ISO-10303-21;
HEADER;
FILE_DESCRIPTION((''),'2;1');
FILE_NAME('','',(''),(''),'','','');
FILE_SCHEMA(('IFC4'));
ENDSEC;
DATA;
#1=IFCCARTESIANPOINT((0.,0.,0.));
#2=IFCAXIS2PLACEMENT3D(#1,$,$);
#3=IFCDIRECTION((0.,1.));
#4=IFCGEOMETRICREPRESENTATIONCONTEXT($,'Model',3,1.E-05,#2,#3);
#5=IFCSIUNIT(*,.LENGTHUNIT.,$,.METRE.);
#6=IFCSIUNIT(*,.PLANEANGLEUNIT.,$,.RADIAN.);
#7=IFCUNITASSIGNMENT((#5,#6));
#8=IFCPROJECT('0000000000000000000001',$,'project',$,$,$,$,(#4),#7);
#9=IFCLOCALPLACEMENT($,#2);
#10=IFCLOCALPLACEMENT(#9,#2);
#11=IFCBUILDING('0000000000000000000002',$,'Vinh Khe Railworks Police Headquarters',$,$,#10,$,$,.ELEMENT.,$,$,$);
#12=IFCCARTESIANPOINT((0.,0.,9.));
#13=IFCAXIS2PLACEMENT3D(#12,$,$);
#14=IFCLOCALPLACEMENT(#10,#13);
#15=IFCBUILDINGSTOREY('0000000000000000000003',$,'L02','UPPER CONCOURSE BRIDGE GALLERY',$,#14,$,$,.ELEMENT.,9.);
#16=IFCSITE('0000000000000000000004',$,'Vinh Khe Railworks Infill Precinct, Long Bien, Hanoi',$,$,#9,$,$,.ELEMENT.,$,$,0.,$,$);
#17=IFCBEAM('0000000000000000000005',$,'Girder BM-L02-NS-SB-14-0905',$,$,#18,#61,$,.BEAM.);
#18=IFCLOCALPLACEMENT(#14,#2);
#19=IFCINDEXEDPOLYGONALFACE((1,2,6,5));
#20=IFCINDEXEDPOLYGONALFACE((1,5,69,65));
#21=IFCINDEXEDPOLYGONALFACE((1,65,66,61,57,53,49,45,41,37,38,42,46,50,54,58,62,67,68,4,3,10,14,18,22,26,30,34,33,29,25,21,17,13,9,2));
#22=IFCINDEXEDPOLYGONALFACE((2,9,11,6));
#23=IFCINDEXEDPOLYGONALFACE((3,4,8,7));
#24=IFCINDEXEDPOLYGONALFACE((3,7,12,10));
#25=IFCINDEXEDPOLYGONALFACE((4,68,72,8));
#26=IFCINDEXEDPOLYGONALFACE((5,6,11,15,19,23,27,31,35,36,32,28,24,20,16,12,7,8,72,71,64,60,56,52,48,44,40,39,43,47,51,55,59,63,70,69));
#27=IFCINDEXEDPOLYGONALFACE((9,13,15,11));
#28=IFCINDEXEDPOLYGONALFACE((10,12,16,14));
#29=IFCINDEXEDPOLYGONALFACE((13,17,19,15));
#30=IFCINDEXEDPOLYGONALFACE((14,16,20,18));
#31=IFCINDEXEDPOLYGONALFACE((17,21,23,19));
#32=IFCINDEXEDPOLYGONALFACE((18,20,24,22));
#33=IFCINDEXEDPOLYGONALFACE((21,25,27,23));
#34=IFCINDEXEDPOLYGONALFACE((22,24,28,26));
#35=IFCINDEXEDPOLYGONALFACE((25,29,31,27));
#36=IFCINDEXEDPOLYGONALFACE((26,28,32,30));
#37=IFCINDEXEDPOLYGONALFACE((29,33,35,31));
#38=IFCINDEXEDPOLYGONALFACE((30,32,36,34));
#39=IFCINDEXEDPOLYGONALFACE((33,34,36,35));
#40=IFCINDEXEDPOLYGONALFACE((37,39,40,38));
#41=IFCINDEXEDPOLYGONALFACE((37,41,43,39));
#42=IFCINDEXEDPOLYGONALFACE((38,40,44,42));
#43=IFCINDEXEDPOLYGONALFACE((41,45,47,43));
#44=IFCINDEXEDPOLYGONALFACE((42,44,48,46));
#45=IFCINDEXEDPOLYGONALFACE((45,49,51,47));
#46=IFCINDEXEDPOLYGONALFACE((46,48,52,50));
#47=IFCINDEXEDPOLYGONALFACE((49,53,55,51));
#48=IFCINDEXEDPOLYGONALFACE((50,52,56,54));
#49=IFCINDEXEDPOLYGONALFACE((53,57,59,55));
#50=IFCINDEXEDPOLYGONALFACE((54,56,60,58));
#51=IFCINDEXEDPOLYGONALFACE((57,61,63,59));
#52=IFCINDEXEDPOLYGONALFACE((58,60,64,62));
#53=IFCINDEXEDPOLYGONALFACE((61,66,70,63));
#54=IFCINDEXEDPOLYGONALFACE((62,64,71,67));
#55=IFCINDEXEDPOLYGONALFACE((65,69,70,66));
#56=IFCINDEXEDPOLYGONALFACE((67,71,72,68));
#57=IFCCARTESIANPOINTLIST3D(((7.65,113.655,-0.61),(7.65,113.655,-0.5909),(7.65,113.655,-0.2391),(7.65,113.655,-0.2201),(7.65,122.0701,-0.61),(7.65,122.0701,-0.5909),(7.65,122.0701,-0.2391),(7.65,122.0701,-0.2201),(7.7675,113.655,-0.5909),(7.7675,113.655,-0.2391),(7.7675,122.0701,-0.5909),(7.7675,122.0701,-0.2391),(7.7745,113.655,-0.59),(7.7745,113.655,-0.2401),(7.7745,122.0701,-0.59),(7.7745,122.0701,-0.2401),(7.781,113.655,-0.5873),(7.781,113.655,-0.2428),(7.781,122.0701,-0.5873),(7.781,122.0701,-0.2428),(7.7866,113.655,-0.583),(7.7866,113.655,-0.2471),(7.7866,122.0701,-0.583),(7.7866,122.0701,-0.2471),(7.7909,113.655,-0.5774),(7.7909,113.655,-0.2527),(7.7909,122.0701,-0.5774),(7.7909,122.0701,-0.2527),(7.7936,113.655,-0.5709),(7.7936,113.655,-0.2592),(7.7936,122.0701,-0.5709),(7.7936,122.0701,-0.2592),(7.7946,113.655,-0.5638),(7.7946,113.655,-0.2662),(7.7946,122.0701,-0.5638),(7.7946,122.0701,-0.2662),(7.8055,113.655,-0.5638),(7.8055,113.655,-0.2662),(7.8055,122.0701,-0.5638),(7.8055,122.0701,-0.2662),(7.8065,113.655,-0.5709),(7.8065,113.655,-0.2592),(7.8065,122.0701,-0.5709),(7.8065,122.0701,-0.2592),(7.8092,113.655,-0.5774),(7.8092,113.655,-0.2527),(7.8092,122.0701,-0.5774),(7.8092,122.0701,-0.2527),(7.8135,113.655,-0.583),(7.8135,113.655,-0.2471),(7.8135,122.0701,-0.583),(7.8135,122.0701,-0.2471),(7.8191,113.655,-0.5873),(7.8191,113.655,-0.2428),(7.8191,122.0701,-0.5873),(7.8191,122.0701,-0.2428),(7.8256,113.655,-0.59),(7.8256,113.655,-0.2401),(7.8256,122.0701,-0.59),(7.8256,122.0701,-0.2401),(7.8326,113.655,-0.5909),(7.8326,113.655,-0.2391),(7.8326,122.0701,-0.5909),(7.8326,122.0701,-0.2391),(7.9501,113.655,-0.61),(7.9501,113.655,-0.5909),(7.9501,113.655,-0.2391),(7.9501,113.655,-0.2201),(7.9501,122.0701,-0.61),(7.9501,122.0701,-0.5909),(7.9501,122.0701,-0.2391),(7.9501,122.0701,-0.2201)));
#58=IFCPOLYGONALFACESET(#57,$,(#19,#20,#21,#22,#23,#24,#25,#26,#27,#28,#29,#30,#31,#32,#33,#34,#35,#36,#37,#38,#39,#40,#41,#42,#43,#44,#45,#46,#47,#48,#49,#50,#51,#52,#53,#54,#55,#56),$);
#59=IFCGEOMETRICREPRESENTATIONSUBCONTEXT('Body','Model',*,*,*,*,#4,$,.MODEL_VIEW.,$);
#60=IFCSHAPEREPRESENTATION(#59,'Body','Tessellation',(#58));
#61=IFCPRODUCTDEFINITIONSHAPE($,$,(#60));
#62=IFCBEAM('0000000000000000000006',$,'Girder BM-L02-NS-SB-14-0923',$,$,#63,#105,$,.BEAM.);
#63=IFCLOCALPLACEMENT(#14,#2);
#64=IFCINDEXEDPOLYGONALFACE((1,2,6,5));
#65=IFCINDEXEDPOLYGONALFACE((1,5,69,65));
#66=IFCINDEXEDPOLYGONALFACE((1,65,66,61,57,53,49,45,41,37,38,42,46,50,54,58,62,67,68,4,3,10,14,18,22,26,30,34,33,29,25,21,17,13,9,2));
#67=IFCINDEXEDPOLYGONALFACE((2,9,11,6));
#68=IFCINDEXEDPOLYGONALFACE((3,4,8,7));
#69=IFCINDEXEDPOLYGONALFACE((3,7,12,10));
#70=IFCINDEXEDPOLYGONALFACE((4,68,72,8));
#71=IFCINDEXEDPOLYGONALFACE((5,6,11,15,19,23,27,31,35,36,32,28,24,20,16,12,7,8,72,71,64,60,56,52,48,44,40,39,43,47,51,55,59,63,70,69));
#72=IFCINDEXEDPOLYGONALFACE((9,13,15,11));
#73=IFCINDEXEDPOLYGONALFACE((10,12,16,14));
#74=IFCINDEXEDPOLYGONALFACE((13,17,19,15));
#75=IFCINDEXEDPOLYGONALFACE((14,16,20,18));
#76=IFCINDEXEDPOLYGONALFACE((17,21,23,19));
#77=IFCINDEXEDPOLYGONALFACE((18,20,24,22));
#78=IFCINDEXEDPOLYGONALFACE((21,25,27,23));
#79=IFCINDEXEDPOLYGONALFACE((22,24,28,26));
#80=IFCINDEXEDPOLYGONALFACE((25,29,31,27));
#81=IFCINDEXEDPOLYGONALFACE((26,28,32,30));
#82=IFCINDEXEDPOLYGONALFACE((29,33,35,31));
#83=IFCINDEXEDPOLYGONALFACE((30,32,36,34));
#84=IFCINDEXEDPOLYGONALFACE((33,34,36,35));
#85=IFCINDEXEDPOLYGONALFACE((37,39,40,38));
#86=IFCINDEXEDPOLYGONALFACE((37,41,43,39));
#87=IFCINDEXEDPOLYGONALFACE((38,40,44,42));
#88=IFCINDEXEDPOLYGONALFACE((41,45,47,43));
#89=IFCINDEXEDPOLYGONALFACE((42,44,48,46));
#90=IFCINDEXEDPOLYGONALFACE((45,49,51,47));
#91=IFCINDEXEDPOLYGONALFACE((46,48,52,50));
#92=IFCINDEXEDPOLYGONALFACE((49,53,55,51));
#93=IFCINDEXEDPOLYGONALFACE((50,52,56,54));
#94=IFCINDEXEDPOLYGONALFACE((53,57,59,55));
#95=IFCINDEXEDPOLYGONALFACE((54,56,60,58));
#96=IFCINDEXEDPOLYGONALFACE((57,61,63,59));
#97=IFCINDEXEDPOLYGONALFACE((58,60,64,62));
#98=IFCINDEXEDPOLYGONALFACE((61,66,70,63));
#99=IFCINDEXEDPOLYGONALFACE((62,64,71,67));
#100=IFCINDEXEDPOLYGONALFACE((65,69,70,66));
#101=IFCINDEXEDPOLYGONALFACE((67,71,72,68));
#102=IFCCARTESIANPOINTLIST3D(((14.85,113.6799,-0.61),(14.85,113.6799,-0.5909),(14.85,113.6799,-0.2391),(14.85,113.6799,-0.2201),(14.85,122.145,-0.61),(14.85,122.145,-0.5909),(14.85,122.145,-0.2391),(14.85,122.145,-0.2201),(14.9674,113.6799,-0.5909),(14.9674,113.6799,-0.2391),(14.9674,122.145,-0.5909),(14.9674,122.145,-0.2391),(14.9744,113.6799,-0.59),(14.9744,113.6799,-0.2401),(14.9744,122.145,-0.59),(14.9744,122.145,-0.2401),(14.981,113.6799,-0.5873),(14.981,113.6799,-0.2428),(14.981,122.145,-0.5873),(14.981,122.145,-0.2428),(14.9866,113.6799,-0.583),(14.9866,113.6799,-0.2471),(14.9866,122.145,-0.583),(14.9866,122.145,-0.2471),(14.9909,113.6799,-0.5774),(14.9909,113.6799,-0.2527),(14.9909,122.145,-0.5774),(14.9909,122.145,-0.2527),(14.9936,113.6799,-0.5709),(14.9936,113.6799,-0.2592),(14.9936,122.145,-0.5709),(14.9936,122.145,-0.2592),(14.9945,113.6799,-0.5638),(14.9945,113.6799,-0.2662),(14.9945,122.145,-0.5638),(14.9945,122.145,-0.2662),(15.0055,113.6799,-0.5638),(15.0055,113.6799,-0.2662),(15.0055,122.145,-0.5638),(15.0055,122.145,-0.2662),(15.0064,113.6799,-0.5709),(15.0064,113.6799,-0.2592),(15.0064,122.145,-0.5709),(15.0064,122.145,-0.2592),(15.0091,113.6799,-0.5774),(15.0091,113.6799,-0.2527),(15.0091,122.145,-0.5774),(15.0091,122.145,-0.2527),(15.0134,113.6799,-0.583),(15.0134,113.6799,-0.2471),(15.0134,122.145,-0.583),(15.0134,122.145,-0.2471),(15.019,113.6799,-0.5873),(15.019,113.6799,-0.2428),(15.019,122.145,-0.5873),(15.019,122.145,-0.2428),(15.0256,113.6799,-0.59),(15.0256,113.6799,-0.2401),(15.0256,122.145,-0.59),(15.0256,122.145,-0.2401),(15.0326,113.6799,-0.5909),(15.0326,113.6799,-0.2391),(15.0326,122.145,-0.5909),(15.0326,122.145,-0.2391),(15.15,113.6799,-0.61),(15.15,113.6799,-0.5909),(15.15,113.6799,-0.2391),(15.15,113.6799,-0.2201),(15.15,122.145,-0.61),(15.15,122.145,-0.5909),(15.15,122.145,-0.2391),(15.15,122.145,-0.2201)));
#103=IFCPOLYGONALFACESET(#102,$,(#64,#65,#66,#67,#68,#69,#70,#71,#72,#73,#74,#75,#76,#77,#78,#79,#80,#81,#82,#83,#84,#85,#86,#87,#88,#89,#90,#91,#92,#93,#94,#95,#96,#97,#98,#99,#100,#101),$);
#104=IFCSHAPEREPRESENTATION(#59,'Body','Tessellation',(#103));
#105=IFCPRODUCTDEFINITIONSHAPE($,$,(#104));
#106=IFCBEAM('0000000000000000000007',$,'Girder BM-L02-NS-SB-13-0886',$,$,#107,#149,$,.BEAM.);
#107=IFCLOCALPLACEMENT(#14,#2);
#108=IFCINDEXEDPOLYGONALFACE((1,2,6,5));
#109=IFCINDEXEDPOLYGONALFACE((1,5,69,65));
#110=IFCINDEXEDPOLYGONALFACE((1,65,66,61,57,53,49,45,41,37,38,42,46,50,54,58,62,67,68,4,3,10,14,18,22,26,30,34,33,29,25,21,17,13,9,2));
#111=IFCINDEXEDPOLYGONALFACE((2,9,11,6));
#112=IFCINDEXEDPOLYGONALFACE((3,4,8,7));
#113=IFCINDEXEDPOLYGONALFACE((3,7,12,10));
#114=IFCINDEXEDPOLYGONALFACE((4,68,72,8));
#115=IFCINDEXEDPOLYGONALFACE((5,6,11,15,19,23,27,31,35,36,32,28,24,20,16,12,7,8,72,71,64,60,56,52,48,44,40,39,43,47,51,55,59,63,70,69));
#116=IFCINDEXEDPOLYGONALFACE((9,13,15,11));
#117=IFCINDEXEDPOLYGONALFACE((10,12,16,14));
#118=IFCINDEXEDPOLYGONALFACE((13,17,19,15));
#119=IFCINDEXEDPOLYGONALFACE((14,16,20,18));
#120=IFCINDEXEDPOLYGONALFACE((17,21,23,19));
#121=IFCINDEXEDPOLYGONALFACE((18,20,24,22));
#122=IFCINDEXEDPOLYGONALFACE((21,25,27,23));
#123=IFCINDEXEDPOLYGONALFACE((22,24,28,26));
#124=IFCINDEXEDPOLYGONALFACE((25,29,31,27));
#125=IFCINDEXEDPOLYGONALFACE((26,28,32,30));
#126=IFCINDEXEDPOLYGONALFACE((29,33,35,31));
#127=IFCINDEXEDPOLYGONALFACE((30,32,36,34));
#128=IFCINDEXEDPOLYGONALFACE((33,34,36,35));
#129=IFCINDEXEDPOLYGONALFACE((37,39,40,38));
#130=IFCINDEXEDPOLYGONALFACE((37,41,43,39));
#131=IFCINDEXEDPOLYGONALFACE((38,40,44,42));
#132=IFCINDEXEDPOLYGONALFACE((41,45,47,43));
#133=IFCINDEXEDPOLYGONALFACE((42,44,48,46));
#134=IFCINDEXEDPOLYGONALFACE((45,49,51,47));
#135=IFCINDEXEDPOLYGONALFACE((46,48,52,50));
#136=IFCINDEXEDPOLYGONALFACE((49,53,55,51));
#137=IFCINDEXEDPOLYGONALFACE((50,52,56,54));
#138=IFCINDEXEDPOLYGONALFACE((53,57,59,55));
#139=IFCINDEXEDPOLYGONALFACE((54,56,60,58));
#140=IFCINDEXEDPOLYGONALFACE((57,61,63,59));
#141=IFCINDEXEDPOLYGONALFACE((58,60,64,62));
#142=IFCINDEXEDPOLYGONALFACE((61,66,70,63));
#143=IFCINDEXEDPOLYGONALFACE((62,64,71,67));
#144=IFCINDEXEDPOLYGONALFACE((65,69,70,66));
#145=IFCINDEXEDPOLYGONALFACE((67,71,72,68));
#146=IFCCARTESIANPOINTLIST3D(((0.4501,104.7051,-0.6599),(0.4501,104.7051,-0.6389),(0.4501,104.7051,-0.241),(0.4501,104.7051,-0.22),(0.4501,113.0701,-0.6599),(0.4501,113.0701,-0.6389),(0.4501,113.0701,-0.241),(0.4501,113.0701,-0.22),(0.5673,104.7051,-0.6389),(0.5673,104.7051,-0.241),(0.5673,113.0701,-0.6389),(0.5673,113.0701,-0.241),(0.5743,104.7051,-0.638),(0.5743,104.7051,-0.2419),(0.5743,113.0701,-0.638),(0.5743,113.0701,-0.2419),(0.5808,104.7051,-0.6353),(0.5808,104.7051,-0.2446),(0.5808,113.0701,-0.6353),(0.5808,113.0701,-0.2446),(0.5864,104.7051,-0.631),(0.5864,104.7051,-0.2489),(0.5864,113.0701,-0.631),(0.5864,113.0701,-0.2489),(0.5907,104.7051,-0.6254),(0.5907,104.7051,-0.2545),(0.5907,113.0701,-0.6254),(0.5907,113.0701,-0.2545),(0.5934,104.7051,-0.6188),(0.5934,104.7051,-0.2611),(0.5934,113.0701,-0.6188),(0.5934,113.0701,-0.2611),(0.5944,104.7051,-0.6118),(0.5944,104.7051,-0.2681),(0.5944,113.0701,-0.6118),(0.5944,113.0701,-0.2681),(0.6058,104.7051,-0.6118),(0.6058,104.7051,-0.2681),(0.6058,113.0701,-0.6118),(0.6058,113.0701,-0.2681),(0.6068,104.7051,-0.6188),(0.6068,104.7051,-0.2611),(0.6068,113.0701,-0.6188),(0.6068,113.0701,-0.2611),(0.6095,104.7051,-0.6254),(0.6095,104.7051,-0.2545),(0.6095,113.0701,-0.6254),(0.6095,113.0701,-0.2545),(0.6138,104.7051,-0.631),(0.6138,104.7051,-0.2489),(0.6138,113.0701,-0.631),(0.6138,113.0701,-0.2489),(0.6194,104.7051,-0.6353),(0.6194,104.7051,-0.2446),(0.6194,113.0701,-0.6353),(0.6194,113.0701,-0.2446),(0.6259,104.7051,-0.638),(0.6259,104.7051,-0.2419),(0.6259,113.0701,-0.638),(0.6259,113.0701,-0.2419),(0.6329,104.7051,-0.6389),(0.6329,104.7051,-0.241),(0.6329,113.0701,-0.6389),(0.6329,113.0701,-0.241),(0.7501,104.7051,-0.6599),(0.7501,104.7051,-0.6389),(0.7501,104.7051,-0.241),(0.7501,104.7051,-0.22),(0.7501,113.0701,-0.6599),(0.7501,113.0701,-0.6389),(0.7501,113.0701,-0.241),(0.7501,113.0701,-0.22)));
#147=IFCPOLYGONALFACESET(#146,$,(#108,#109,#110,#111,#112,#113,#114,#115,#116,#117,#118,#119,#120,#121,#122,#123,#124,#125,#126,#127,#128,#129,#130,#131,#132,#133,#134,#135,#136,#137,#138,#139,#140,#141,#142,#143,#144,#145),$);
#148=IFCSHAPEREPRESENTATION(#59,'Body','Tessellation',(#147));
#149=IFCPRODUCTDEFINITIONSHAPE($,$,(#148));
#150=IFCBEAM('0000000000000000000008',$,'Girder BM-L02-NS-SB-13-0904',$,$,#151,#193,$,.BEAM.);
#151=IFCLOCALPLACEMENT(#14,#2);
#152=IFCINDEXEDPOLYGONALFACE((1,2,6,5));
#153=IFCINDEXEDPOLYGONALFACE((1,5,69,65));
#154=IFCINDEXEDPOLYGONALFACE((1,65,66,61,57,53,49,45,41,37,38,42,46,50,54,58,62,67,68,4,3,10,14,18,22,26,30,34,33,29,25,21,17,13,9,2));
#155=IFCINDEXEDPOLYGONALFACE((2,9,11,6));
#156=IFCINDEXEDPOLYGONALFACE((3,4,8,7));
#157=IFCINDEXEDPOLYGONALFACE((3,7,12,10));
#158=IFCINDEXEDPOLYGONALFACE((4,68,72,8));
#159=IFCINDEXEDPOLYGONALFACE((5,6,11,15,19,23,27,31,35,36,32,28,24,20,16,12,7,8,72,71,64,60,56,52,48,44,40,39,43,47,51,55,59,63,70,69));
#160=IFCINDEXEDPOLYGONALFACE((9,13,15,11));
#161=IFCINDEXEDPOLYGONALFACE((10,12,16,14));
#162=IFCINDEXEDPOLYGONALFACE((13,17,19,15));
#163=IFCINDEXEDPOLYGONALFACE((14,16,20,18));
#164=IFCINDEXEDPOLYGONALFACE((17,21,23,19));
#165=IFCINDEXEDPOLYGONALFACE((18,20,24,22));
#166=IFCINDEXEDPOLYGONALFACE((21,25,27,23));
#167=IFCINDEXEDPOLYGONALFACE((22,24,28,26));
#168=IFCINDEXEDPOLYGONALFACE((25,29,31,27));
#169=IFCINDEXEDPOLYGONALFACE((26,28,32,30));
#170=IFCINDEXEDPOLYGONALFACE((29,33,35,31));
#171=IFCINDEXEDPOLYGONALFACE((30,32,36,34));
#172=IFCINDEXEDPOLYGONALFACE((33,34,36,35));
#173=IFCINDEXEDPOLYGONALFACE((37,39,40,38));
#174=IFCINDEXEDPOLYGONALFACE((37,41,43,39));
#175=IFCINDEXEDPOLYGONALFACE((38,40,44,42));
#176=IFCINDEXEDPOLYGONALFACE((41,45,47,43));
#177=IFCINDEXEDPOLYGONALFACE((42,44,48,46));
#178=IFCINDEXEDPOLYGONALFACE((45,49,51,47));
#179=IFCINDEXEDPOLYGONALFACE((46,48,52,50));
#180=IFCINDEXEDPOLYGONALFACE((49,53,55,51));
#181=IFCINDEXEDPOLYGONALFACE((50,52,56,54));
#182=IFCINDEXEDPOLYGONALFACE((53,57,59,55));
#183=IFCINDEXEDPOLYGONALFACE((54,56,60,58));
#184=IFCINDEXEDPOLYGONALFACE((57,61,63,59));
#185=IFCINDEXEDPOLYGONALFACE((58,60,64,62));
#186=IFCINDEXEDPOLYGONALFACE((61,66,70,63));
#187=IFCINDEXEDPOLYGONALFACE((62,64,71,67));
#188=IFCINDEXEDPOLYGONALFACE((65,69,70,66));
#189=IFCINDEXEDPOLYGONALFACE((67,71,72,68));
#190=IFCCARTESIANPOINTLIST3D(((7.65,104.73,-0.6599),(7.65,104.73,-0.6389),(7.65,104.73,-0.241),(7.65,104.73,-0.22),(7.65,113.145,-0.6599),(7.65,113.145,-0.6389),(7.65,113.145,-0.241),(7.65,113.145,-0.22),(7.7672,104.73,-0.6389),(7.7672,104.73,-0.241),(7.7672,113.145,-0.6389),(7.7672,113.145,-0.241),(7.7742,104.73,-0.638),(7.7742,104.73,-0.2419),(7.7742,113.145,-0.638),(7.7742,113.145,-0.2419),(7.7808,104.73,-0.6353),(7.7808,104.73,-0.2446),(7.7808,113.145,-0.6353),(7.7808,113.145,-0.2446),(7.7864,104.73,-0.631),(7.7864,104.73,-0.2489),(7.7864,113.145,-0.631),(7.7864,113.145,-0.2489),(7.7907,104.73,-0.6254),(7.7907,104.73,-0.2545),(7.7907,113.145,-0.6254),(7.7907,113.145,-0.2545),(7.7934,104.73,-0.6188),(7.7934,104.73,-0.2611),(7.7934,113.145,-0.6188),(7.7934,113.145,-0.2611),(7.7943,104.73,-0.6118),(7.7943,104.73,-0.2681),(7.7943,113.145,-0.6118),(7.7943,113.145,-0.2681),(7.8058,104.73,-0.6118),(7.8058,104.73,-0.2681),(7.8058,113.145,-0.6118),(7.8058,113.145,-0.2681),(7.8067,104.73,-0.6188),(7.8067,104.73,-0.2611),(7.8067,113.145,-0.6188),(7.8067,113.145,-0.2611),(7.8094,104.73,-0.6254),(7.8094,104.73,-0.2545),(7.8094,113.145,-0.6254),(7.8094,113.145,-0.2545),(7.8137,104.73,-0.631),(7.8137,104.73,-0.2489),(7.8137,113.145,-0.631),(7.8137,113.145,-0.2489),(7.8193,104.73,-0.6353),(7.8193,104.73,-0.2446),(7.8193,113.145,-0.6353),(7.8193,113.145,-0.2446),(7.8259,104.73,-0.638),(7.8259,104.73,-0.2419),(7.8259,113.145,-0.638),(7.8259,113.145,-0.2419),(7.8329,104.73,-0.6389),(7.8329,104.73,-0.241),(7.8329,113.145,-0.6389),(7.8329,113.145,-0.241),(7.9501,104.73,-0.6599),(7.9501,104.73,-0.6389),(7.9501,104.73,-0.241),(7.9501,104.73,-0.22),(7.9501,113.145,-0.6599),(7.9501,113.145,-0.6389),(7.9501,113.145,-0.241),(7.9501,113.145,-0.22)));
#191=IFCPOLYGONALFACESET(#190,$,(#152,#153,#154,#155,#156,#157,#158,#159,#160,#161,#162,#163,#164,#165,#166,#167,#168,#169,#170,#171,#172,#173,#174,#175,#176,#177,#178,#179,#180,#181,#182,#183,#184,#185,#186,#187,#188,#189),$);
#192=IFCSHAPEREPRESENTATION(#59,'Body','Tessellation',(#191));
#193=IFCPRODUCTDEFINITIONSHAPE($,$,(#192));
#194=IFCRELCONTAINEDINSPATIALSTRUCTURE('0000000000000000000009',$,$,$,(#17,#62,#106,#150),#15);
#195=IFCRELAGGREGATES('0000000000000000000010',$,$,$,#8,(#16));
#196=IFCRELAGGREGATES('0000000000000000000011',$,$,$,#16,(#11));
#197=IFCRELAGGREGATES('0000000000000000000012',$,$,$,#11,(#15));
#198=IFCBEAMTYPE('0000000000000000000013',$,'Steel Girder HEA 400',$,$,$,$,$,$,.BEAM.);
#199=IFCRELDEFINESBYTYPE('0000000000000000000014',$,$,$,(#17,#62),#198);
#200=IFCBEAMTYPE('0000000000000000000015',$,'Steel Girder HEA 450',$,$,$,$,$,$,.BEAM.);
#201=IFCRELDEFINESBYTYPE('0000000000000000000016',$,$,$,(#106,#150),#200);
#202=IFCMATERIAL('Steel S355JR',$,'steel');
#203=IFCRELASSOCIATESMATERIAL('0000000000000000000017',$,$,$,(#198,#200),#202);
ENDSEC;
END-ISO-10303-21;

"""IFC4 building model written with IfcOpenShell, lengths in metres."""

from ifc_helpers import new_model, si_unit, direction, frame, origin, origin_2d, place, context, subcontext, project, spatial, i_section, extrude, material, material_profile, profile_set, type_object, element, save


model = new_model("IFC4")

# Units and contexts
model_context = context("Model", 3, precision=1e-05, world=origin(), true_north=direction((0.0, 1.0)))
body_context = subcontext(model_context, "Body", "Model", "MODEL_VIEW")
ifc_project = project(units=[si_unit("LENGTHUNIT", "METRE"), si_unit("PLANEANGLEUNIT", "RADIAN")], contexts=[model_context])

# Site, building, storey
site_placement = place(None, origin())
site = spatial("IfcSite", under=ifc_project, at=site_placement, Name="Vinh Khe Railworks Infill Precinct, Long Bien, Hanoi", CompositionType="ELEMENT", RefElevation=0.0)
building_placement = place(site_placement, origin())
building = spatial("IfcBuilding", under=site, at=building_placement, Name="Vinh Khe Railworks Police Headquarters", CompositionType="ELEMENT")
storey_placement = place(building_placement, frame((0.0, 0.0, 9.0)))
storey = spatial("IfcBuildingStorey", under=building, at=storey_placement, Name="L02", Description="UPPER CONCOURSE BRIDGE GALLERY", CompositionType="ELEMENT", Elevation=9.0)

# Shared definitions
ifc_material_1 = material(Name="Steel S355JR", Category="steel")

# Beams
ifc_material_profile_1 = material_profile(ifc_material_1, i_section(OverallWidth=0.3, OverallDepth=0.3899, WebThickness=0.011, FlangeThickness=0.019, FilletRadius=0.0271, at=origin_2d()), Name="HEA 400")
ifc_profile_set_1 = profile_set([ifc_material_profile_1], Name="Steel S355JR")
beam_type_1 = type_object("IfcBeamType", Name="Steel Girder HEA 400", PredefinedType="BEAM", material=ifc_profile_set_1)
beam_1_placement = place(storey_placement, frame((7.8, 113.655, -0.415), z_axis=(0.0, 1.0, 0.0), x_axis=(-1.0, 0.0, 0.0)))
element("IfcBeam", 1, at=beam_1_placement, inside=storey, type_object=beam_type_1, Name="Girder BM-L02-NS-SB-14-0905", PredefinedType="BEAM", context=body_context, shape_type="SweptSolid", body=[
    extrude(i_section(OverallWidth=0.3, OverallDepth=0.3899, WebThickness=0.011, FlangeThickness=0.019, FilletRadius=0.0271, at=origin_2d()), origin(), (0.0, 0.0, 1.0), 8.415),
])
beam_2_placement = place(storey_placement, frame((15.0, 113.6799, -0.415), z_axis=(0.0, 1.0, 0.0), x_axis=(-1.0, 0.0, 0.0)))
element("IfcBeam", 2, at=beam_2_placement, inside=storey, type_object=beam_type_1, Name="Girder BM-L02-NS-SB-14-0923", PredefinedType="BEAM", context=body_context, shape_type="SweptSolid", body=[
    extrude(i_section(OverallWidth=0.3, OverallDepth=0.3899, WebThickness=0.011, FlangeThickness=0.019, FilletRadius=0.0271, at=origin_2d()), origin(), (0.0, 0.0, 1.0), 8.4651),
])
ifc_material_profile_2 = material_profile(ifc_material_1, i_section(OverallWidth=0.3, OverallDepth=0.4399, WebThickness=0.0115, FlangeThickness=0.021, FilletRadius=0.0271, at=origin_2d()), Name="HEA 450")
ifc_profile_set_2 = profile_set([ifc_material_profile_2], Name="Steel S355JR")
beam_type_2 = type_object("IfcBeamType", Name="Steel Girder HEA 450", PredefinedType="BEAM", material=ifc_profile_set_2)
beam_3_placement = place(storey_placement, frame((0.6001, 104.7051, -0.4399), z_axis=(0.0, 1.0, 0.0), x_axis=(-1.0, 0.0, 0.0)))
element("IfcBeam", 3, at=beam_3_placement, inside=storey, type_object=beam_type_2, Name="Girder BM-L02-NS-SB-13-0886", PredefinedType="BEAM", context=body_context, shape_type="SweptSolid", body=[
    extrude(i_section(OverallWidth=0.3, OverallDepth=0.4399, WebThickness=0.0115, FlangeThickness=0.021, FilletRadius=0.0271, at=origin_2d()), origin(), (0.0, 0.0, 1.0), 8.365),
])
beam_4_placement = place(storey_placement, frame((7.8, 104.73, -0.4399), z_axis=(0.0, 1.0, 0.0), x_axis=(-1.0, 0.0, 0.0)))
element("IfcBeam", 4, at=beam_4_placement, inside=storey, type_object=beam_type_2, Name="Girder BM-L02-NS-SB-13-0904", PredefinedType="BEAM", context=body_context, shape_type="SweptSolid", body=[
    extrude(i_section(OverallWidth=0.3, OverallDepth=0.4399, WebThickness=0.0115, FlangeThickness=0.021, FilletRadius=0.0271, at=origin_2d()), origin(), (0.0, 0.0, 1.0), 8.415),
])

save(model, "model.ifc")
